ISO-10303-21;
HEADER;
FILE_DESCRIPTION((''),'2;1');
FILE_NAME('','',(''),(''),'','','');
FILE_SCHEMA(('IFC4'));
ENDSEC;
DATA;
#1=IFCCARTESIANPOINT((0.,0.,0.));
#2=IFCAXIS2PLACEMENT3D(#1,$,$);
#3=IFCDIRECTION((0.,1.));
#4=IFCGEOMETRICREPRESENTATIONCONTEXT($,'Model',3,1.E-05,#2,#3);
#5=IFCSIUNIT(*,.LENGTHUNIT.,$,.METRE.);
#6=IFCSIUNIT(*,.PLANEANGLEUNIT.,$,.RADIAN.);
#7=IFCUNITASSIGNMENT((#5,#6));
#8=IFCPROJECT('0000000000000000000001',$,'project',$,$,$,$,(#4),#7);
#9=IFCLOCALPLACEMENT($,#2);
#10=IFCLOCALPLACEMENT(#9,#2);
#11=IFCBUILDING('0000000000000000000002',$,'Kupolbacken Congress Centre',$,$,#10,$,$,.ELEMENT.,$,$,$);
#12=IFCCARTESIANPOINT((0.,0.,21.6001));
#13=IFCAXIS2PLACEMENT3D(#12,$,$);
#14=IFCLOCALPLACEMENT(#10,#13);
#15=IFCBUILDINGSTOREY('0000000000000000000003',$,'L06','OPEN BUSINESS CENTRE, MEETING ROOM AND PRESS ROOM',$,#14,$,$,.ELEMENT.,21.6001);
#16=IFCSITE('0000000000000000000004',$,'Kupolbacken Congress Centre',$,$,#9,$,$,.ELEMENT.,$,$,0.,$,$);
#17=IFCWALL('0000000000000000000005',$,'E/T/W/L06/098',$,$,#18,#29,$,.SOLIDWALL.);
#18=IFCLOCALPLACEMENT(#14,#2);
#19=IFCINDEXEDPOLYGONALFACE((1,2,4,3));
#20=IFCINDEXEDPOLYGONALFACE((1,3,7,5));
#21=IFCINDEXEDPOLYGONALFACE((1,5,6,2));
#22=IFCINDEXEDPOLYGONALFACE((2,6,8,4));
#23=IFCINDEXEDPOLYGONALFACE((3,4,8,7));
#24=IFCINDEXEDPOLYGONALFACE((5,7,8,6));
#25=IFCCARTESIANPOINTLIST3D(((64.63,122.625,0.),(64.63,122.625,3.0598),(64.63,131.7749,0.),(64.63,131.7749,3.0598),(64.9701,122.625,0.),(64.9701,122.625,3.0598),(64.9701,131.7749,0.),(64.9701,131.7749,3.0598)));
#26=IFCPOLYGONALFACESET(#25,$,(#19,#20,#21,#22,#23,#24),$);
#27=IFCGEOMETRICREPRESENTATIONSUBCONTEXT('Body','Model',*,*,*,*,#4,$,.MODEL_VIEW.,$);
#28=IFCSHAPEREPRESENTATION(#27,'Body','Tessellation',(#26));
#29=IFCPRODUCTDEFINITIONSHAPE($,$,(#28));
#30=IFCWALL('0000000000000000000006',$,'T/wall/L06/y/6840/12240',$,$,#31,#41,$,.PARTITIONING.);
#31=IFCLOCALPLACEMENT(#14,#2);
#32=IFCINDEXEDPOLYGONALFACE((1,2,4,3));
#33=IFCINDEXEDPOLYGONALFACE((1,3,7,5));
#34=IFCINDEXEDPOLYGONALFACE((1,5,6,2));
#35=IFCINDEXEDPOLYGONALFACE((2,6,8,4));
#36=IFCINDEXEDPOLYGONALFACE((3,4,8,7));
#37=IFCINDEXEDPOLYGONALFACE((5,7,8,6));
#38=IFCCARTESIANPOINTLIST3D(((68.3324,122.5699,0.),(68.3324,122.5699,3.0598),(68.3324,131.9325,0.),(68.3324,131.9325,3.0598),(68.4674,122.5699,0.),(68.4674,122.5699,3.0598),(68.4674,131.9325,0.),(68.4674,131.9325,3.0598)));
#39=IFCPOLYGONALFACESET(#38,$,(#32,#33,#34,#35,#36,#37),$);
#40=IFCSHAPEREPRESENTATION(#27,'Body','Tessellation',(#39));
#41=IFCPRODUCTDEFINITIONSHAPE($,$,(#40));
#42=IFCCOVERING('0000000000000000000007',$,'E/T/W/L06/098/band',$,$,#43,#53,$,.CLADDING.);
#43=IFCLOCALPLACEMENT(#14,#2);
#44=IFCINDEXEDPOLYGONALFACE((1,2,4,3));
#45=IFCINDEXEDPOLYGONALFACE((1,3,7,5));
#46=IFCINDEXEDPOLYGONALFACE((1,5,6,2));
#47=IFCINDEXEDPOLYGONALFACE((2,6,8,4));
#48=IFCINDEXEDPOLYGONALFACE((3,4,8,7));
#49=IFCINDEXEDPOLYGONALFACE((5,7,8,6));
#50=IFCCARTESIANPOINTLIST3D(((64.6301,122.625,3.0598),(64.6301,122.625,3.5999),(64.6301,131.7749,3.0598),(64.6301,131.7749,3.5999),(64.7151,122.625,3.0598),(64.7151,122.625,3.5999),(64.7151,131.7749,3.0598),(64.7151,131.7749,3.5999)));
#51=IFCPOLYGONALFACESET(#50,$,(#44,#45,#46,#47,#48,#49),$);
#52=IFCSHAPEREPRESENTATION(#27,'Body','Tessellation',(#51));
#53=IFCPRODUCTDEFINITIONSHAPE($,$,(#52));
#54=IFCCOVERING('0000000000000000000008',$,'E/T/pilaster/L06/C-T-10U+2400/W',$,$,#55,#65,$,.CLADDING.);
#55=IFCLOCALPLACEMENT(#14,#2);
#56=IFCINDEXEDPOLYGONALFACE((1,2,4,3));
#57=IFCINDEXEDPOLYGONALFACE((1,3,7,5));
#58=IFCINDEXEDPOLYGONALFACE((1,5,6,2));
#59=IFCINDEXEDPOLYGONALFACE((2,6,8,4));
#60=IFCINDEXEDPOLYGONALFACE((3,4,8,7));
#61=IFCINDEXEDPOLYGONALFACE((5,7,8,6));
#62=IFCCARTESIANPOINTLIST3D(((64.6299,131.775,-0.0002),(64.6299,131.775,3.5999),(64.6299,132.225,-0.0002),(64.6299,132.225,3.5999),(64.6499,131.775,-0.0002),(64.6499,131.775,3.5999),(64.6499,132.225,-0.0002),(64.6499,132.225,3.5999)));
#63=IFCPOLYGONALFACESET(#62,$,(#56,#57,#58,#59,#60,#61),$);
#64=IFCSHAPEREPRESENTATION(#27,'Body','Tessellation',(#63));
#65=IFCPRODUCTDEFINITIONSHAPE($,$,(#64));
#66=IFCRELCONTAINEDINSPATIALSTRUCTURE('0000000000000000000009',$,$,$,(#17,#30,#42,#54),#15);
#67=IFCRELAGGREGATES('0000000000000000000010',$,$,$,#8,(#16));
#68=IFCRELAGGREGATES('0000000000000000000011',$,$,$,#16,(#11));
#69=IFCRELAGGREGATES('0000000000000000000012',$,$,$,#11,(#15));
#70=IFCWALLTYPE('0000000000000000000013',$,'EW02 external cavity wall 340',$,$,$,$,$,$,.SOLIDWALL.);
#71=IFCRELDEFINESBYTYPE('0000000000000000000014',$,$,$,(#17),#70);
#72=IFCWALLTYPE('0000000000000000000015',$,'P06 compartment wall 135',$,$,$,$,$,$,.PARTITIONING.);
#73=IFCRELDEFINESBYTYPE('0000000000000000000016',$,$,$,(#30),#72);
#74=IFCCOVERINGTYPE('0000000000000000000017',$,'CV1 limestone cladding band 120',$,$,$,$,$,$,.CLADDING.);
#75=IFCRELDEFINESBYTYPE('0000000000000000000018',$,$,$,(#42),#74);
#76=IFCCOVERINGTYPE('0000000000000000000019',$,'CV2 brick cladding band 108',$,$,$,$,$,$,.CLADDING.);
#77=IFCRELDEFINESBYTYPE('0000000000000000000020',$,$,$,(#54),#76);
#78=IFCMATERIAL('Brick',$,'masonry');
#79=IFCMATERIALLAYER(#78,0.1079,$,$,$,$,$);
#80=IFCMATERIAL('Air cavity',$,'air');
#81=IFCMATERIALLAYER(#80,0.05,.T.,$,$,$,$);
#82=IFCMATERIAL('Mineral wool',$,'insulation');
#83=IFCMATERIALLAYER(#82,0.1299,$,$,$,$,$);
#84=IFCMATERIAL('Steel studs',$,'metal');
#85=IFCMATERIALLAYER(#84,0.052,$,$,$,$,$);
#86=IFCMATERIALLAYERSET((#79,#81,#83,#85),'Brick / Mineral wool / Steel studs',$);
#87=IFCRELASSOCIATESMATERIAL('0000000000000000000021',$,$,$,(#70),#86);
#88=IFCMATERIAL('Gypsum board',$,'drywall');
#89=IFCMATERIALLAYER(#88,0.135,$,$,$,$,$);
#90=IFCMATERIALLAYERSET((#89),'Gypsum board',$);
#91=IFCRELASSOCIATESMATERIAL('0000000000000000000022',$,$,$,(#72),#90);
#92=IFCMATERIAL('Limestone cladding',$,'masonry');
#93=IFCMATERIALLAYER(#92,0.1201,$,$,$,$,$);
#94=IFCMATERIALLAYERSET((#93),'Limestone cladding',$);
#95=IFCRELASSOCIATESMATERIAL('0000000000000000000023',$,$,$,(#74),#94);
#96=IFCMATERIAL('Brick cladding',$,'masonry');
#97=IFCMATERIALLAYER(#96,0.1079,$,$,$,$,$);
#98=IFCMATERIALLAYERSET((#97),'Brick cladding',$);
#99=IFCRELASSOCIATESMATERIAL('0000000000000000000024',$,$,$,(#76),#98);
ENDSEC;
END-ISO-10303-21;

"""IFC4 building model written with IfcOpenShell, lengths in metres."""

from ifc_helpers import new_model, si_unit, direction, frame, frame_2d, origin, origin_2d, place, context, subcontext, project, spatial, rectangle, extrude, material, layer, layer_set, type_object, element, save


model = new_model("IFC4")

# Units and contexts
model_context = context("Model", 3, precision=1e-05, world=origin(), true_north=direction((0.0, 1.0)))
body_context = subcontext(model_context, "Body", "Model", "MODEL_VIEW")
ifc_project = project(units=[si_unit("LENGTHUNIT", "METRE"), si_unit("PLANEANGLEUNIT", "RADIAN")], contexts=[model_context])

# Site, building, storey
site_placement = place(None, origin())
site = spatial("IfcSite", under=ifc_project, at=site_placement, Name="Kupolbacken Congress Centre", CompositionType="ELEMENT", RefElevation=0.0)
building_placement = place(site_placement, origin())
building = spatial("IfcBuilding", under=site, at=building_placement, Name="Kupolbacken Congress Centre", CompositionType="ELEMENT")
storey_placement = place(building_placement, frame((0.0, 0.0, 21.6001)))
storey = spatial("IfcBuildingStorey", under=building, at=storey_placement, Name="L06", Description="OPEN BUSINESS CENTRE, MEETING ROOM AND PRESS ROOM", CompositionType="ELEMENT", Elevation=21.6001)

# Walls
ifc_material_1 = material(Name="Brick", Category="masonry")
ifc_layer_1 = layer(ifc_material_1, 0.1079)
ifc_material_2 = material(Name="Air cavity", Category="air")
ifc_layer_2 = layer(ifc_material_2, 0.05, ventilated=True)
ifc_material_3 = material(Name="Mineral wool", Category="insulation")
ifc_layer_3 = layer(ifc_material_3, 0.1299)
ifc_material_4 = material(Name="Steel studs", Category="metal")
ifc_layer_4 = layer(ifc_material_4, 0.052)
ifc_layer_set_1 = layer_set([ifc_layer_1, ifc_layer_2, ifc_layer_3, ifc_layer_4], Name="Brick / Mineral wool / Steel studs")
wall_type_1 = type_object("IfcWallType", Name="EW02 external cavity wall 340", PredefinedType="SOLIDWALL", material=ifc_layer_set_1)
wall_1_placement = place(storey_placement, frame((64.8, 131.7749, 0.0), z_axis=(0.0, 0.0, 1.0), x_axis=(0.0, -1.0, 0.0)))
element("IfcWall", 1, at=wall_1_placement, inside=storey, type_object=wall_type_1, Name="E/T/W/L06/098", PredefinedType="SOLIDWALL", context=body_context, shape_type="SweptSolid", body=[
    extrude(rectangle(XDim=9.1499, YDim=0.3401, at=frame_2d((4.575, 0.0))), origin(), (0.0, 0.0, 1.0), 3.0598),
])
ifc_material_5 = material(Name="Gypsum board", Category="drywall")
ifc_layer_5 = layer(ifc_material_5, 0.135)
ifc_layer_set_2 = layer_set([ifc_layer_5], Name="Gypsum board")
wall_type_2 = type_object("IfcWallType", Name="P06 compartment wall 135", PredefinedType="PARTITIONING", material=ifc_layer_set_2)
wall_2_placement = place(storey_placement, frame((68.3999, 122.5701, 0.0), z_axis=(0.0, 0.0, 1.0), x_axis=(0.0, 1.0, 0.0)))
element("IfcWall", 2, at=wall_2_placement, inside=storey, type_object=wall_type_2, Name="T/wall/L06/y/6840/12240", PredefinedType="PARTITIONING", context=body_context, shape_type="SweptSolid", body=[
    extrude(rectangle(XDim=9.3625, YDim=0.135, at=frame_2d((4.6812, 0.0))), origin(), (0.0, 0.0, 1.0), 3.0598),
])

# Coverings
ifc_material_6 = material(Name="Limestone cladding", Category="masonry")
ifc_layer_6 = layer(ifc_material_6, 0.1201)
ifc_layer_set_3 = layer_set([ifc_layer_6], Name="Limestone cladding")
covering_type_1 = type_object("IfcCoveringType", Name="CV1 limestone cladding band 120", PredefinedType="CLADDING", material=ifc_layer_set_3)
covering_1_placement = place(storey_placement, frame((64.6726, 127.2, 3.0598), z_axis=(0.0, 0.0, 1.0), x_axis=(0.0, -1.0, 0.0)))
element("IfcCovering", 3, at=covering_1_placement, inside=storey, type_object=covering_type_1, Name="E/T/W/L06/098/band", PredefinedType="CLADDING", context=body_context, shape_type="SweptSolid", body=[
    extrude(rectangle(XDim=9.1499, YDim=0.085, at=origin_2d()), origin(), (0.0, 0.0, 1.0), 0.54),
])
ifc_material_7 = material(Name="Brick cladding", Category="masonry")
ifc_layer_7 = layer(ifc_material_7, 0.1079)
ifc_layer_set_4 = layer_set([ifc_layer_7], Name="Brick cladding")
covering_type_2 = type_object("IfcCoveringType", Name="CV2 brick cladding band 108", PredefinedType="CLADDING", material=ifc_layer_set_4)
covering_2_placement = place(storey_placement, frame((64.6399, 132.0, -0.0002), z_axis=(0.0, 0.0, 1.0), x_axis=(1.0, 0.0, 0.0)))
element("IfcCovering", 4, at=covering_2_placement, inside=storey, type_object=covering_type_2, Name="E/T/pilaster/L06/C-T-10U+2400/W", PredefinedType="CLADDING", context=body_context, shape_type="SweptSolid", body=[
    extrude(rectangle(XDim=0.02, YDim=0.45, at=origin_2d()), origin(), (0.0, 0.0, 1.0), 3.6001),
])

save(model, "model.ifc")
